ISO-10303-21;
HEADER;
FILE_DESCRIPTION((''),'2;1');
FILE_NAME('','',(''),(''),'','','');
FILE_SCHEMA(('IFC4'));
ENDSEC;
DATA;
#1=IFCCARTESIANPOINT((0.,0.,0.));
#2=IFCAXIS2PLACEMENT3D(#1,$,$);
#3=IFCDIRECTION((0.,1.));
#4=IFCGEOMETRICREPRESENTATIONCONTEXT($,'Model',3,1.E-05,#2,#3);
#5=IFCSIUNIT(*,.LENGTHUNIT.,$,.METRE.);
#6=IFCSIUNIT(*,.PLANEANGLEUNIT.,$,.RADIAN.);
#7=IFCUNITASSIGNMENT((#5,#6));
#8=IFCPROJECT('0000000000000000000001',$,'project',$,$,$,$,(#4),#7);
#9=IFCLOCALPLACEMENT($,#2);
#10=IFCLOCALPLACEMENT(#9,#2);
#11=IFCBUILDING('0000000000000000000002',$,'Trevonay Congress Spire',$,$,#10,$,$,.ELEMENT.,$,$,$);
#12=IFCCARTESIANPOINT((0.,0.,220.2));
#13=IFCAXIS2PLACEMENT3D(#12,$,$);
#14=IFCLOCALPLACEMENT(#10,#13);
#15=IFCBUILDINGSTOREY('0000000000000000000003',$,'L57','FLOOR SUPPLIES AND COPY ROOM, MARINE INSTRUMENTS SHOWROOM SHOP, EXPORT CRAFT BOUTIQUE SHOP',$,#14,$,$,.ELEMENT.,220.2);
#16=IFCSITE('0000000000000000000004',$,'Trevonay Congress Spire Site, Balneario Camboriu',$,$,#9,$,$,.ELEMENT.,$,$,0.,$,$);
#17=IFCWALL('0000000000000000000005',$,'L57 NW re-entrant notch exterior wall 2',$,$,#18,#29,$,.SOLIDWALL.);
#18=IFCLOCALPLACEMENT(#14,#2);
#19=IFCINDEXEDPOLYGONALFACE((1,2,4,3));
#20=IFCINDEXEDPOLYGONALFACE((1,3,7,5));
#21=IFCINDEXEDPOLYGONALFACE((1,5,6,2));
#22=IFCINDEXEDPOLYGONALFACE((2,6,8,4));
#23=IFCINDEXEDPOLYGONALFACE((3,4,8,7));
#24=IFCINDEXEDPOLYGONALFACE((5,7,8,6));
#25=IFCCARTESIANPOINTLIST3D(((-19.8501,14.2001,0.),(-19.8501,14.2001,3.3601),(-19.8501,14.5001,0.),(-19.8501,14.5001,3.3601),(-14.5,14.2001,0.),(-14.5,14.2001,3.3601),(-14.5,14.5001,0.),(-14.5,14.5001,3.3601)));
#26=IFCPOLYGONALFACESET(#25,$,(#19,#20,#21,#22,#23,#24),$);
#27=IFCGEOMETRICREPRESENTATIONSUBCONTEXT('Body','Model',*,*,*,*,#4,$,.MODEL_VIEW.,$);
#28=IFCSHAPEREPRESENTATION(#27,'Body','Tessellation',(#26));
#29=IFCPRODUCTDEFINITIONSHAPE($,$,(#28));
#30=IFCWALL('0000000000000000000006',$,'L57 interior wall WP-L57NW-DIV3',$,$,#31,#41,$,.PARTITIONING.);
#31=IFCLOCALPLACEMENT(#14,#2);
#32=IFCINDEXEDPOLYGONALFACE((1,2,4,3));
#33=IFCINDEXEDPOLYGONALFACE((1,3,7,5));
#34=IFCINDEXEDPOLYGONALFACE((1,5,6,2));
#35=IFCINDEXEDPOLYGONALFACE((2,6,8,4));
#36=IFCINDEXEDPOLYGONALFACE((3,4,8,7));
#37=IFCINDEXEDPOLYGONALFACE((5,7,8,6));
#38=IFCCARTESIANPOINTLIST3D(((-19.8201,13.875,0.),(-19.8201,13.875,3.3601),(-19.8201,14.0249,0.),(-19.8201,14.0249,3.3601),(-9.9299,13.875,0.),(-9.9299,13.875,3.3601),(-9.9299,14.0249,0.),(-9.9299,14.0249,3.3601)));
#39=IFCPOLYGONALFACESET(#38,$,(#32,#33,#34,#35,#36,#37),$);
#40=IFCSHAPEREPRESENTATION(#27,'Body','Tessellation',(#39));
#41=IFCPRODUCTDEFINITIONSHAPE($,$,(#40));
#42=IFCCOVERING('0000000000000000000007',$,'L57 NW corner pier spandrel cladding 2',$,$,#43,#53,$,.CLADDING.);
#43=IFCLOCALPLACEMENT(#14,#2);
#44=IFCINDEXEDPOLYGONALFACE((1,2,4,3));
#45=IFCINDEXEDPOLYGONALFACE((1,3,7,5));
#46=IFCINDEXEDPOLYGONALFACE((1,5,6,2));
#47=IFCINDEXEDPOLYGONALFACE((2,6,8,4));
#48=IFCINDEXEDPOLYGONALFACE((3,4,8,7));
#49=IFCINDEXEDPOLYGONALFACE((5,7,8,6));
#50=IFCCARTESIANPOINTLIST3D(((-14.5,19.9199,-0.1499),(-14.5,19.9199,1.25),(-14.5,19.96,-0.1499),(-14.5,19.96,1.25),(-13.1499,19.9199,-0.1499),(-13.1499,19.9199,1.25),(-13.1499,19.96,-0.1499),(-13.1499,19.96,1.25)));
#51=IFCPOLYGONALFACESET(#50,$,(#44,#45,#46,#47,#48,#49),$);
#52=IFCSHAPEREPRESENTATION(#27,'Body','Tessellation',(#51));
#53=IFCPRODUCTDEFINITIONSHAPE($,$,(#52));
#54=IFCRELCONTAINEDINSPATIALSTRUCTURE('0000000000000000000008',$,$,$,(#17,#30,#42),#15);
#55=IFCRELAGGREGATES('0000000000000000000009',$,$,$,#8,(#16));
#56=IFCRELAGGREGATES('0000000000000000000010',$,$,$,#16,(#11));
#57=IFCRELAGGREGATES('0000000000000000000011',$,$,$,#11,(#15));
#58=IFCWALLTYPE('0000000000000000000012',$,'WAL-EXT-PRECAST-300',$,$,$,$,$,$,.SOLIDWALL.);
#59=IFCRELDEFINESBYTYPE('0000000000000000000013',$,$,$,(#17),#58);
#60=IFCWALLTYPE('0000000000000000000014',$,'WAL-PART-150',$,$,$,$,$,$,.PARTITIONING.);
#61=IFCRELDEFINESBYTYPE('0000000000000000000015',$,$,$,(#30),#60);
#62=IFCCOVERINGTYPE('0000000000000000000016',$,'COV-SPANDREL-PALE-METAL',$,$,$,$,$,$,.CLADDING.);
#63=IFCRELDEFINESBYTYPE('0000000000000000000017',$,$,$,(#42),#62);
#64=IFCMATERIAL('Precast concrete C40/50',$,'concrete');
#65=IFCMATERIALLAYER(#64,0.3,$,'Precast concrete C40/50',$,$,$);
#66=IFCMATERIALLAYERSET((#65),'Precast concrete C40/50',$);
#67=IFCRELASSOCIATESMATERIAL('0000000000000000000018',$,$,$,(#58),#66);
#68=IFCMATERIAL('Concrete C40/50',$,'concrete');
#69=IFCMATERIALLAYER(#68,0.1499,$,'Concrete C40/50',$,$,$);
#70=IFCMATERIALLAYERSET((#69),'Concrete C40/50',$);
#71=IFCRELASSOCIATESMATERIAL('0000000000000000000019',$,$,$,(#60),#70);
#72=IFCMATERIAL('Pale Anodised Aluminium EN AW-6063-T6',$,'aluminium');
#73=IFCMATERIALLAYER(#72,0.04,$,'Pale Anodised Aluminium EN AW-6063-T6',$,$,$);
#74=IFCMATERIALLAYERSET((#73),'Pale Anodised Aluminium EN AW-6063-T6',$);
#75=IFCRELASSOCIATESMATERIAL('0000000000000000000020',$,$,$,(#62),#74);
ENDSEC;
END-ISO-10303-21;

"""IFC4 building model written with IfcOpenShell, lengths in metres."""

from ifc_helpers import new_model, si_unit, direction, frame, frame_2d, origin, place, context, subcontext, project, spatial, rectangle, extrude, material, layer, layer_set, type_object, element, save


model = new_model("IFC4")

# Units and contexts
model_context = context("Model", 3, precision=1e-05, world=origin(), true_north=direction((0.0, 1.0)))
body_context = subcontext(model_context, "Body", "Model", "MODEL_VIEW")
ifc_project = project(units=[si_unit("LENGTHUNIT", "METRE"), si_unit("PLANEANGLEUNIT", "RADIAN")], contexts=[model_context])

# Site, building, storey
site_placement = place(None, origin())
site = spatial("IfcSite", under=ifc_project, at=site_placement, Name="Trevonay Congress Spire Site, Balneario Camboriu", CompositionType="ELEMENT", RefElevation=0.0)
building_placement = place(site_placement, origin())
building = spatial("IfcBuilding", under=site, at=building_placement, Name="Trevonay Congress Spire", CompositionType="ELEMENT")
storey_placement = place(building_placement, frame((0.0, 0.0, 220.2)))
storey = spatial("IfcBuildingStorey", under=building, at=storey_placement, Name="L57", Description="FLOOR SUPPLIES AND COPY ROOM, MARINE INSTRUMENTS SHOWROOM SHOP, EXPORT CRAFT BOUTIQUE SHOP", CompositionType="ELEMENT", Elevation=220.2)

# Shared definitions
ifc_material_1 = material(Name="Pale Anodised Aluminium EN AW-6063-T6", Category="aluminium")

# Shared definitions
ifc_material_2 = material(Name="Precast concrete C40/50", Category="concrete")
ifc_layer_1 = layer(ifc_material_2, 0.3, Name="Precast concrete C40/50")
ifc_layer_set_1 = layer_set([ifc_layer_1], Name="Precast concrete C40/50")
wall_type_1 = type_object("IfcWallType", Name="WAL-EXT-PRECAST-300", PredefinedType="SOLIDWALL", material=ifc_layer_set_1)

# Walls
wall_1_placement = place(storey_placement, frame((-19.8501, 14.3501, 0.0), z_axis=(0.0, 0.0, 1.0), x_axis=(1.0, 0.0, 0.0)))
element("IfcWall", 1, at=wall_1_placement, inside=storey, type_object=wall_type_1, Name="L57 NW re-entrant notch exterior wall 2", PredefinedType="SOLIDWALL", context=body_context, shape_type="SweptSolid", body=[
    extrude(rectangle(XDim=5.3501, YDim=0.3, at=frame_2d((2.675, 0.0))), origin(), (0.0, 0.0, 1.0), 3.3601),
])
ifc_material_3 = material(Name="Concrete C40/50", Category="concrete")
ifc_layer_2 = layer(ifc_material_3, 0.1499, Name="Concrete C40/50")
ifc_layer_set_2 = layer_set([ifc_layer_2], Name="Concrete C40/50")
wall_type_2 = type_object("IfcWallType", Name="WAL-PART-150", PredefinedType="PARTITIONING", material=ifc_layer_set_2)
wall_2_placement = place(storey_placement, frame((-19.8201, 13.95, 0.0), z_axis=(0.0, 0.0, 1.0), x_axis=(1.0, 0.0, 0.0)))
element("IfcWall", 2, at=wall_2_placement, inside=storey, type_object=wall_type_2, Name="L57 interior wall WP-L57NW-DIV3", PredefinedType="PARTITIONING", context=body_context, shape_type="SweptSolid", body=[
    extrude(rectangle(XDim=9.8901, YDim=0.1499, at=frame_2d((4.9451, 0.0))), origin(), (0.0, 0.0, 1.0), 3.3601),
])

# Covering
ifc_layer_3 = layer(ifc_material_1, 0.04, Name="Pale Anodised Aluminium EN AW-6063-T6")
ifc_layer_set_3 = layer_set([ifc_layer_3], Name="Pale Anodised Aluminium EN AW-6063-T6")
covering_type = type_object("IfcCoveringType", Name="COV-SPANDREL-PALE-METAL", PredefinedType="CLADDING", material=ifc_layer_set_3)
covering_placement = place(storey_placement, frame((-13.1499, 19.9399, -0.1499), z_axis=(0.0, 0.0, 1.0), x_axis=(-1.0, 0.0, 0.0)))
element("IfcCovering", 3, at=covering_placement, inside=storey, type_object=covering_type, Name="L57 NW corner pier spandrel cladding 2", PredefinedType="CLADDING", context=body_context, shape_type="SweptSolid", body=[
    extrude(rectangle(XDim=1.3501, YDim=0.04, at=frame_2d((0.675, 0.0))), origin(), (0.0, 0.0, 1.0), 1.3999),
])

save(model, "model.ifc")
